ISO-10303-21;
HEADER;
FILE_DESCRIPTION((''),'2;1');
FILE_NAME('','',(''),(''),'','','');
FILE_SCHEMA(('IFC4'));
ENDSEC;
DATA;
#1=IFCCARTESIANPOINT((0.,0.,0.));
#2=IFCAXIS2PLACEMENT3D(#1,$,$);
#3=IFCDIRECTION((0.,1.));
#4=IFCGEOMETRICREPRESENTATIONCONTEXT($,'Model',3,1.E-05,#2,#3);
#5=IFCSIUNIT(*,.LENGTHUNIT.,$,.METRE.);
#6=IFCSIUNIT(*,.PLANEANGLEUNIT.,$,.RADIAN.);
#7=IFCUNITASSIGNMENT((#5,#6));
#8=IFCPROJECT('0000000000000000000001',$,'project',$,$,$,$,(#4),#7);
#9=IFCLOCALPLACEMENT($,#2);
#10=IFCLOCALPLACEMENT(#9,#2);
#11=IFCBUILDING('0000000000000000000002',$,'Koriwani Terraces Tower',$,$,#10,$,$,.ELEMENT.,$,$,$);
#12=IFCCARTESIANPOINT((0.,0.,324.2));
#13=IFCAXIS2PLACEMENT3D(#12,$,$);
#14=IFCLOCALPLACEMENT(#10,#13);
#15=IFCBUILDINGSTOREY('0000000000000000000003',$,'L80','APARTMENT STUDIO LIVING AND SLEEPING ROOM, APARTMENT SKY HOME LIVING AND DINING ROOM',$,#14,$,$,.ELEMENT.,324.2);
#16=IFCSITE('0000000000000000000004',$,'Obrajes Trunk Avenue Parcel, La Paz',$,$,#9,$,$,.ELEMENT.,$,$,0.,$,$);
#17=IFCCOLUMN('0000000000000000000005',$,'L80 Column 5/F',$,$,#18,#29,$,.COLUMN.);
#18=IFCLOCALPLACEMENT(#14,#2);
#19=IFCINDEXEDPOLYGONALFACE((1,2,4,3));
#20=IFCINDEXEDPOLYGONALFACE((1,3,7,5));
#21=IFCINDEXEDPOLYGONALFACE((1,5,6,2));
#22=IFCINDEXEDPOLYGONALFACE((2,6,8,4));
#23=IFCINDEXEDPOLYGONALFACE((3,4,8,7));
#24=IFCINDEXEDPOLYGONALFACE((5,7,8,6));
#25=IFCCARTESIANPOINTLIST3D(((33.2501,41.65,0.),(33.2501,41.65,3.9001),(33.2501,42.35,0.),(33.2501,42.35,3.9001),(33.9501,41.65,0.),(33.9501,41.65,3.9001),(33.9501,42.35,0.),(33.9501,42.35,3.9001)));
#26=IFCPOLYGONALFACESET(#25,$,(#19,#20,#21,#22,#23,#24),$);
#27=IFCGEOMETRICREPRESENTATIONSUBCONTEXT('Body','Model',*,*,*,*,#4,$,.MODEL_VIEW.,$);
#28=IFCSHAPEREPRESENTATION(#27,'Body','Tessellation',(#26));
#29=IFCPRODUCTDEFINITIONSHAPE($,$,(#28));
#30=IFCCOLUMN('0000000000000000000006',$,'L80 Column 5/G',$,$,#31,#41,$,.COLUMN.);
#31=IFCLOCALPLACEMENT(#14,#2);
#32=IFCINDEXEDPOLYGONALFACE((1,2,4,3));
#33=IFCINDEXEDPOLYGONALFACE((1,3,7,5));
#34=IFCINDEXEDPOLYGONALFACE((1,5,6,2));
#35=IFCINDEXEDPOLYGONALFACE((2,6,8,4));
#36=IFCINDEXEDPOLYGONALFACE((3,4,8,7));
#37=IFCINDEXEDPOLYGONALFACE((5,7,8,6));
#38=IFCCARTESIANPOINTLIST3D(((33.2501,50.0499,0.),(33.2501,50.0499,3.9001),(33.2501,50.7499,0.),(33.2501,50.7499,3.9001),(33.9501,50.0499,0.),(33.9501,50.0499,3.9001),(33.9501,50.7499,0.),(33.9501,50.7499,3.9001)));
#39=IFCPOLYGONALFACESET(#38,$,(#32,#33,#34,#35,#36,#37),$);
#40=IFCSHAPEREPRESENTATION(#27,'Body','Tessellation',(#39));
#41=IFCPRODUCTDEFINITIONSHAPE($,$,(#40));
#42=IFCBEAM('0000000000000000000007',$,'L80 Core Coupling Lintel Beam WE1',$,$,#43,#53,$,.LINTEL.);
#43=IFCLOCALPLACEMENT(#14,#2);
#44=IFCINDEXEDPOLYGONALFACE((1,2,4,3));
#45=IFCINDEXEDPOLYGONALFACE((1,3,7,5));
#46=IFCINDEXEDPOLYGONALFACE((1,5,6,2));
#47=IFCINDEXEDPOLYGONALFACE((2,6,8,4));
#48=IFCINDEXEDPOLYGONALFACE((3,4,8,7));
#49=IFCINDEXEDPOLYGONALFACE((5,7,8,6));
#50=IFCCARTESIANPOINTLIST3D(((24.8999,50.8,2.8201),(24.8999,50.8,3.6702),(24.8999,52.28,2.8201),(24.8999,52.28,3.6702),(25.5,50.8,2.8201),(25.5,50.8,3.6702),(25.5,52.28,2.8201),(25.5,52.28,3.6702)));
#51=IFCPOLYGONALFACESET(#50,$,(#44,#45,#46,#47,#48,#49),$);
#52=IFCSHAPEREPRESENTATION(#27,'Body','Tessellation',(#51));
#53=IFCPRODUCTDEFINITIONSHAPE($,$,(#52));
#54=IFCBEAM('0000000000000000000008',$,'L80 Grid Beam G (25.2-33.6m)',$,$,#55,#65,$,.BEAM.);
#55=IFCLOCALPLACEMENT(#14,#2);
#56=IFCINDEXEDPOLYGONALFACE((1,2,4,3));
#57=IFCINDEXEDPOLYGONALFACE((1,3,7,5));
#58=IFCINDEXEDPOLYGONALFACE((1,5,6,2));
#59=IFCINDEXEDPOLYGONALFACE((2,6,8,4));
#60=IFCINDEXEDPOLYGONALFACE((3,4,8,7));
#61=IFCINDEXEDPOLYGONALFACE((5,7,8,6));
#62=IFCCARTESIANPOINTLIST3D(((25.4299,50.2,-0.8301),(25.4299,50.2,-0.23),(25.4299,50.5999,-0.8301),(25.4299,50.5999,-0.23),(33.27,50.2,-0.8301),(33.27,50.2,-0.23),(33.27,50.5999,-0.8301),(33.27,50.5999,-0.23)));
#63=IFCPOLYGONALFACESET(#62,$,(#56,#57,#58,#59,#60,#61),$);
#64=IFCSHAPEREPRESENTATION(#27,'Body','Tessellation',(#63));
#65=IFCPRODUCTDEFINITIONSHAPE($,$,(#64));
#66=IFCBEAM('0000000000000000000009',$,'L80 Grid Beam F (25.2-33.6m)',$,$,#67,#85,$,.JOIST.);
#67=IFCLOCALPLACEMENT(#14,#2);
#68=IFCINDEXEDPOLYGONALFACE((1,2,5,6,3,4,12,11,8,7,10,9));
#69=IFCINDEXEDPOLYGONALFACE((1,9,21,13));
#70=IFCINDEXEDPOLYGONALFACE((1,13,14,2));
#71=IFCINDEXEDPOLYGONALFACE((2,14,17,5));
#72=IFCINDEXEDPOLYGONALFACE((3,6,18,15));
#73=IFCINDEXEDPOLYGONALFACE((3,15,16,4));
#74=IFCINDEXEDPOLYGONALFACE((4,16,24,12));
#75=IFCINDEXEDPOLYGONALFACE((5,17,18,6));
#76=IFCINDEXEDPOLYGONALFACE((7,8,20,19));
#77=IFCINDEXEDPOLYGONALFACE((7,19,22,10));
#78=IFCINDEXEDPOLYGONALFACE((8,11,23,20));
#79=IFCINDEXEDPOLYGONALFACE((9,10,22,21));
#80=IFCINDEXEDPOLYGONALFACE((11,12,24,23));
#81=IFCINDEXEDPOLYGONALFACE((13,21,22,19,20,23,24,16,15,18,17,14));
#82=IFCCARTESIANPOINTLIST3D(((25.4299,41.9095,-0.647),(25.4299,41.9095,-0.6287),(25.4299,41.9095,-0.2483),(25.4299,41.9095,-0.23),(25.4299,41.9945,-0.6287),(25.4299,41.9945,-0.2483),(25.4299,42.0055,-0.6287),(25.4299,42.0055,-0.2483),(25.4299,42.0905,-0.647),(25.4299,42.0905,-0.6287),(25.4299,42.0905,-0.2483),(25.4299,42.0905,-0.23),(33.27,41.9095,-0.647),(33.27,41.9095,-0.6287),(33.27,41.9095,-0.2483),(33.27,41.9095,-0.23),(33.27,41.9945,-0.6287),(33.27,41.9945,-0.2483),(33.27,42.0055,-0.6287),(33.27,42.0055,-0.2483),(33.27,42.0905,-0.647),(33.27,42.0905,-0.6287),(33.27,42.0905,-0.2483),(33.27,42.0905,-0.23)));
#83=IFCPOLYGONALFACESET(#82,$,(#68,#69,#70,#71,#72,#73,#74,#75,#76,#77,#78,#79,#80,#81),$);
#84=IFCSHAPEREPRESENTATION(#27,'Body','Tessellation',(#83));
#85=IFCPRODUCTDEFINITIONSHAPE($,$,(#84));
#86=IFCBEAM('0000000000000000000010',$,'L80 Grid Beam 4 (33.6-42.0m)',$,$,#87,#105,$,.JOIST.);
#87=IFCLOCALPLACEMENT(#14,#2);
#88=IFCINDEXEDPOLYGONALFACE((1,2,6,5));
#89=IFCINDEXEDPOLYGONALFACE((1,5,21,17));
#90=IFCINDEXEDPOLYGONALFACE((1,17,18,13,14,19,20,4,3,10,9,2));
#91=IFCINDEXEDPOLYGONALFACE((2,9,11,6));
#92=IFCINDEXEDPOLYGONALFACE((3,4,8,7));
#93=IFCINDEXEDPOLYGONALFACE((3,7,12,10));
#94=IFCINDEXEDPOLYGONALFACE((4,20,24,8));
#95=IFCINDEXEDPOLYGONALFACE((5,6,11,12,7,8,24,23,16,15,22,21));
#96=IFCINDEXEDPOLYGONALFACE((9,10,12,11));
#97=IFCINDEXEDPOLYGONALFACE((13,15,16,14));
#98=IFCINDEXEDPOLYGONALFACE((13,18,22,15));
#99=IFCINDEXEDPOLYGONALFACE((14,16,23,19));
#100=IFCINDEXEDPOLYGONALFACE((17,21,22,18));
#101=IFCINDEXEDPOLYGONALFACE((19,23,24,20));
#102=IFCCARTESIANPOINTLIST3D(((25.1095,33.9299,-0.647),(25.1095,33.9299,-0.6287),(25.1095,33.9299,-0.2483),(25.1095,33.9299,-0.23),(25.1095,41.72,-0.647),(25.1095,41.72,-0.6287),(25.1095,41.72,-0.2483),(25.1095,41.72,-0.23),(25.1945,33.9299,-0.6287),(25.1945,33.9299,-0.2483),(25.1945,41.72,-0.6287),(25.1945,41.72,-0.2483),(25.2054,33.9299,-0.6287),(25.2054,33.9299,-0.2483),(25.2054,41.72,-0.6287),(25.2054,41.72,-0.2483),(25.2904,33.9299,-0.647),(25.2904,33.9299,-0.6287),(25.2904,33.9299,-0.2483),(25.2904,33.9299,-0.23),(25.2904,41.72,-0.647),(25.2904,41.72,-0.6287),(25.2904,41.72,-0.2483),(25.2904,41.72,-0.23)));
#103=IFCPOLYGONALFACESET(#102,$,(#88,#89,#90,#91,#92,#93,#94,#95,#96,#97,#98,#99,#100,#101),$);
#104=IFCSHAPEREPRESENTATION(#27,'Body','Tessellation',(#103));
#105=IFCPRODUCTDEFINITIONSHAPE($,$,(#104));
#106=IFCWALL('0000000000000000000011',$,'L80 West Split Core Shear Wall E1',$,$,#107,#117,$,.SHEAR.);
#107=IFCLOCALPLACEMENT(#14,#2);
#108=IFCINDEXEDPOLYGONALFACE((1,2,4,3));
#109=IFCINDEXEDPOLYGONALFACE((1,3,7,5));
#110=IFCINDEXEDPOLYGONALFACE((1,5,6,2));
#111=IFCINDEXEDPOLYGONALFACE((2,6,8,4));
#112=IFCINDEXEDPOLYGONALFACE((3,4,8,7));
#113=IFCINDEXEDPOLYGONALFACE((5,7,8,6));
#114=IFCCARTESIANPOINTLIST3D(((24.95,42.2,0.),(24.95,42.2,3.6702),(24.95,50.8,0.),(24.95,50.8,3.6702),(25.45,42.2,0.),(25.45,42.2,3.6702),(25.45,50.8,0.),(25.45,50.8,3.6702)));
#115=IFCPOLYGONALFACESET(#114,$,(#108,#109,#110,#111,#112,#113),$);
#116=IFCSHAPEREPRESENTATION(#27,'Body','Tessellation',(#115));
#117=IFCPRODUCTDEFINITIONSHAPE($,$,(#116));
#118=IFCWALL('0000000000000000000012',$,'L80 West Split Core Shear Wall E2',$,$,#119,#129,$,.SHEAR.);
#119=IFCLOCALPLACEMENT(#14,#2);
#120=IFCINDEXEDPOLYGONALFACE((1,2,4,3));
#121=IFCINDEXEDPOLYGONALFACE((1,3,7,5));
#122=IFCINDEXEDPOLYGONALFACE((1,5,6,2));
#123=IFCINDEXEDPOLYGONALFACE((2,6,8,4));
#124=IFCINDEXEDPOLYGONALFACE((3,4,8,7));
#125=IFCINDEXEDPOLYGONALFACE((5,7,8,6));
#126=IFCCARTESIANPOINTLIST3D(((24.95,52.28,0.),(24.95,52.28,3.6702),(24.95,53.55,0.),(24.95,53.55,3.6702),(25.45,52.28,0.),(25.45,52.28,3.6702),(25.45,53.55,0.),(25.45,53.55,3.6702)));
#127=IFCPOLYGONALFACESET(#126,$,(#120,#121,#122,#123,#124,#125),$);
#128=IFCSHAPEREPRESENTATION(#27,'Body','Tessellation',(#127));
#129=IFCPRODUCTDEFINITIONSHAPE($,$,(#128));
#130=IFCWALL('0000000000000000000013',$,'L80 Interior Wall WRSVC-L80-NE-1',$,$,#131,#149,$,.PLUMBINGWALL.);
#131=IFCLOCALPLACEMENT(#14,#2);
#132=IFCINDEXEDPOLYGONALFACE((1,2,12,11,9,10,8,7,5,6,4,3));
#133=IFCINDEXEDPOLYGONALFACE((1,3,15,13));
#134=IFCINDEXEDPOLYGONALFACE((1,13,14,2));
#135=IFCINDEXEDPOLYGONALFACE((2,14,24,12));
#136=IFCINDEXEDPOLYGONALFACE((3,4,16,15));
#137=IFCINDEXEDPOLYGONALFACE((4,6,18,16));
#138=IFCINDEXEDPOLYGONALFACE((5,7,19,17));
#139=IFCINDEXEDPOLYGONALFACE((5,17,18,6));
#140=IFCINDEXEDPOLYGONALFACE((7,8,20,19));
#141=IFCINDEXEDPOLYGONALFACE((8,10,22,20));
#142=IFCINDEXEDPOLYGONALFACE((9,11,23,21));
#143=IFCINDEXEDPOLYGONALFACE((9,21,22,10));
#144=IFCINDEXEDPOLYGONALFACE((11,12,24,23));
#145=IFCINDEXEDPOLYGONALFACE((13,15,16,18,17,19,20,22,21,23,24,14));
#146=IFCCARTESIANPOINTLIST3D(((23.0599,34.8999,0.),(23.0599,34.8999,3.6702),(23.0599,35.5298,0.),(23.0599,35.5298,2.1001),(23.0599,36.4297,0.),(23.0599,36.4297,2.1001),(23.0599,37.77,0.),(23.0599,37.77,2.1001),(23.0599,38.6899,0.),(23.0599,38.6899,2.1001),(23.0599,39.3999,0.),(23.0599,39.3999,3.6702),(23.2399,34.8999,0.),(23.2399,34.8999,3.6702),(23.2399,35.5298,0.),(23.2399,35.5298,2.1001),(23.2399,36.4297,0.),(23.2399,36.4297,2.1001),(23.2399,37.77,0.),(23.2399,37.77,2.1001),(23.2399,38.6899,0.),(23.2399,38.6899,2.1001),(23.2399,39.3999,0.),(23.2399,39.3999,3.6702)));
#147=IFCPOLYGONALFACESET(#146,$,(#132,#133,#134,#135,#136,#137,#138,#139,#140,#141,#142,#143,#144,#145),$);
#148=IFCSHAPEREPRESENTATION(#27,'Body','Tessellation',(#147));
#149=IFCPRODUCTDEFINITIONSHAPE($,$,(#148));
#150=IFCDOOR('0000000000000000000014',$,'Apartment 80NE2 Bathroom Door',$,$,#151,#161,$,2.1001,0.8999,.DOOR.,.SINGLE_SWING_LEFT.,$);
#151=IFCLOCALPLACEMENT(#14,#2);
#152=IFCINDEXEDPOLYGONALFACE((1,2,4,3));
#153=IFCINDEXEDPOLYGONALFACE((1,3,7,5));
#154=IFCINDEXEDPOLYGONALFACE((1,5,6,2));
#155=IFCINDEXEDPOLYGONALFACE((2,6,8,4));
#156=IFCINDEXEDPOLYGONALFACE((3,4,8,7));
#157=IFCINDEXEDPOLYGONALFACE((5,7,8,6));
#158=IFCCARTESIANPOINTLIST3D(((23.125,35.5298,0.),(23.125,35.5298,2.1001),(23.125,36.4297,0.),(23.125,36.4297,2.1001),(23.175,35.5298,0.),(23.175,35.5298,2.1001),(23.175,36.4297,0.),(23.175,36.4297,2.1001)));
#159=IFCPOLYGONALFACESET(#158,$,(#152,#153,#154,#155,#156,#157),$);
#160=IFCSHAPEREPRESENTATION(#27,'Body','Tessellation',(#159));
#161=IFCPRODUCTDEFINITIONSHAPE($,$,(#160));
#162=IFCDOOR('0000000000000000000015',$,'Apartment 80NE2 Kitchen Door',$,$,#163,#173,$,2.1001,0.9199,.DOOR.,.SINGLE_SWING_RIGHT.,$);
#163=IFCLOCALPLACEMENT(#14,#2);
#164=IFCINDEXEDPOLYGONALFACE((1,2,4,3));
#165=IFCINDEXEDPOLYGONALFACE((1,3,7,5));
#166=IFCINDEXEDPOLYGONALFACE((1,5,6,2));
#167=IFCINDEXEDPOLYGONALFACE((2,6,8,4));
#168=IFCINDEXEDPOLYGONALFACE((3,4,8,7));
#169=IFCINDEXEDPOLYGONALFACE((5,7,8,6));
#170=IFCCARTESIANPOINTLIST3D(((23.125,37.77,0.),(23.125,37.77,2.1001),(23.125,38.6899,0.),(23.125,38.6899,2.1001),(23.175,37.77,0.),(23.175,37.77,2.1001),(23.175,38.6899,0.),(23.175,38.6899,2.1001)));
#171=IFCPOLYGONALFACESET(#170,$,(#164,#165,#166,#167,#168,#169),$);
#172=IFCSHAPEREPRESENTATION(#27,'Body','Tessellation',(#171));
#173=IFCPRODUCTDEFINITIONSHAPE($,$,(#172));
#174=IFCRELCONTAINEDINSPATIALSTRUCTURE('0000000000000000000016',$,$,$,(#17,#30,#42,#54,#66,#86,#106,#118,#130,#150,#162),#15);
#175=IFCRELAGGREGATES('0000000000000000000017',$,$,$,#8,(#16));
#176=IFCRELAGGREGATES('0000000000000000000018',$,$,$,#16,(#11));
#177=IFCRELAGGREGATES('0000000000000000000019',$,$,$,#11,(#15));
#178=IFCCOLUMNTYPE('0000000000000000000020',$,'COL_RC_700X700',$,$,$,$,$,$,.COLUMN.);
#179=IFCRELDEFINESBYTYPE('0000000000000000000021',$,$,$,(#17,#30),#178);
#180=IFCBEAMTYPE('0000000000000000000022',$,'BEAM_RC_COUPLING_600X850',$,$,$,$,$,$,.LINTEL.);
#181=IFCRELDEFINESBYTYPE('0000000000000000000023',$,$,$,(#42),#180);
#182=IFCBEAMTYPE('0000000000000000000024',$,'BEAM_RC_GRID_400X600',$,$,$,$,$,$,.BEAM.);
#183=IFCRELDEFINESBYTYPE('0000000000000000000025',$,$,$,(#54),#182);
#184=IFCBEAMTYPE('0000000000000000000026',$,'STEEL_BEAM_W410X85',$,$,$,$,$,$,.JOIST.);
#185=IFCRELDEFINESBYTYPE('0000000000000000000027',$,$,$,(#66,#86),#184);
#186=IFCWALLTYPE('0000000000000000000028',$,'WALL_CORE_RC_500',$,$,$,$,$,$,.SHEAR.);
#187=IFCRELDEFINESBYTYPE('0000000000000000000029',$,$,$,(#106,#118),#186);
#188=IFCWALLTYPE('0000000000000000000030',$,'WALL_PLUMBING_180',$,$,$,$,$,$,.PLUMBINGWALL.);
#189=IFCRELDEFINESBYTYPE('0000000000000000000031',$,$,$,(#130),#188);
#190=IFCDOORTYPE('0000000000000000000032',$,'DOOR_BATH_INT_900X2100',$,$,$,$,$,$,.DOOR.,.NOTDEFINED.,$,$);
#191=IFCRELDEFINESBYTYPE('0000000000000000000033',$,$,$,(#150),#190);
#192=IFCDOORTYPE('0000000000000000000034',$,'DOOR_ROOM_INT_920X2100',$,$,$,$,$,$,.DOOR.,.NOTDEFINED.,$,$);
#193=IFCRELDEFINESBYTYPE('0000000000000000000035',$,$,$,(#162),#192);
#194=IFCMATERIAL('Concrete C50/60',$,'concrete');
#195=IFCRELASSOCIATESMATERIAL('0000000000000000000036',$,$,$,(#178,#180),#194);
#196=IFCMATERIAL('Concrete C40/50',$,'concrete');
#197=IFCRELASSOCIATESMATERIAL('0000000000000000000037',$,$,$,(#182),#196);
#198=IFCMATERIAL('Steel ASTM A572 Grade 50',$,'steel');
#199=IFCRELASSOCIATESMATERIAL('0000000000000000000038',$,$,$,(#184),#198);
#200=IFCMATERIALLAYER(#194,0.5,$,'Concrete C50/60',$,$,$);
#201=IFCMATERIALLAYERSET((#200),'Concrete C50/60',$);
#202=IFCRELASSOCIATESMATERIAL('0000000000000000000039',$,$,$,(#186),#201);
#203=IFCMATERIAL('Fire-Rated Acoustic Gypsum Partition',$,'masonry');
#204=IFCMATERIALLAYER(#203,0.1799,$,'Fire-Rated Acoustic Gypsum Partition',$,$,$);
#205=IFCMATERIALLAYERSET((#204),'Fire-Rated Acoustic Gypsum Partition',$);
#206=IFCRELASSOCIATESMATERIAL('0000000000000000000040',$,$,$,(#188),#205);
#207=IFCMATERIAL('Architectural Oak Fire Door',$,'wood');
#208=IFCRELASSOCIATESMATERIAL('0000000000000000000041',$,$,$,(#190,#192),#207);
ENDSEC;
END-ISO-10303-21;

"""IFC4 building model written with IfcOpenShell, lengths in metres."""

from ifc_helpers import new_model, si_unit, direction, frame, frame_2d, origin, origin_2d, place, context, subcontext, project, spatial, rectangle, i_section, extrude, material, layer, layer_set, material_profile, profile_set, type_object, element, fill, save


model = new_model("IFC4")

# Units and contexts
model_context = context("Model", 3, precision=1e-05, world=origin(), true_north=direction((0.0, 1.0)))
body_context = subcontext(model_context, "Body", "Model", "MODEL_VIEW")
ifc_project = project(units=[si_unit("LENGTHUNIT", "METRE"), si_unit("PLANEANGLEUNIT", "RADIAN")], contexts=[model_context])

# Site, building, storey
site_placement = place(None, origin())
site = spatial("IfcSite", under=ifc_project, at=site_placement, Name="Obrajes Trunk Avenue Parcel, La Paz", CompositionType="ELEMENT", RefElevation=0.0)
building_placement = place(site_placement, origin())
building = spatial("IfcBuilding", under=site, at=building_placement, Name="Koriwani Terraces Tower", CompositionType="ELEMENT")
storey_placement = place(building_placement, frame((0.0, 0.0, 324.2)))
storey = spatial("IfcBuildingStorey", under=building, at=storey_placement, Name="L80", Description="APARTMENT STUDIO LIVING AND SLEEPING ROOM, APARTMENT SKY HOME LIVING AND DINING ROOM", CompositionType="ELEMENT", Elevation=324.2)

# Columns
ifc_material_1 = material(Name="Concrete C50/60", Category="concrete")
ifc_material_profile_1 = material_profile(ifc_material_1, rectangle(XDim=0.7, YDim=0.7, at=origin_2d()), Name="Concrete C50/60", Category="LoadBearing")
ifc_profile_set_1 = profile_set([ifc_material_profile_1], Name="Concrete C50/60")
column_type = type_object("IfcColumnType", Name="COL_RC_700X700", PredefinedType="COLUMN", material=ifc_profile_set_1)
for number, where, z_axis, x_axis, name in (
    (1, (33.6001, 42.0, 0.0), (0.0, 0.0, 1.0), (1.0, 0.0, 0.0), "L80 Column 5/F"),
    (2, (33.6001, 50.3999, 0.0), (0.0, 0.0, 1.0), (1.0, 0.0, 0.0), "L80 Column 5/G"),
):
    element("IfcColumn", number, at=place(storey_placement, frame(where, z_axis=z_axis, x_axis=x_axis)), inside=storey, type_object=column_type, Name=name, PredefinedType="COLUMN", context=body_context, shape_type="SweptSolid", body=[
        extrude(rectangle(XDim=0.7, YDim=0.7, at=origin_2d()), origin(), (0.0, 0.0, 1.0), 3.9001),
    ])

# Beams
ifc_material_profile_2 = material_profile(ifc_material_1, rectangle(XDim=0.6001, YDim=0.8501, at=origin_2d()), Name="Concrete C50/60", Category="LoadBearing")
ifc_profile_set_2 = profile_set([ifc_material_profile_2], Name="Concrete C50/60")
beam_type_1 = type_object("IfcBeamType", Name="BEAM_RC_COUPLING_600X850", PredefinedType="LINTEL", material=ifc_profile_set_2)
beam_1_placement = place(storey_placement, frame((25.2, 50.8, 3.2451), z_axis=(0.0, 1.0, 0.0), x_axis=(-1.0, 0.0, 0.0)))
element("IfcBeam", 3, at=beam_1_placement, inside=storey, type_object=beam_type_1, Name="L80 Core Coupling Lintel Beam WE1", PredefinedType="LINTEL", context=body_context, shape_type="SweptSolid", body=[
    extrude(rectangle(XDim=0.6001, YDim=0.8501, at=origin_2d()), origin(), (0.0, 0.0, 1.0), 1.48),
])
ifc_material_2 = material(Name="Concrete C40/50", Category="concrete")
ifc_material_profile_3 = material_profile(ifc_material_2, rectangle(XDim=0.3999, YDim=0.6001, at=origin_2d()), Name="Concrete C40/50", Category="LoadBearing")
ifc_profile_set_3 = profile_set([ifc_material_profile_3], Name="Concrete C40/50")
beam_type_2 = type_object("IfcBeamType", Name="BEAM_RC_GRID_400X600", PredefinedType="BEAM", material=ifc_profile_set_3)
beam_2_placement = place(storey_placement, frame((25.4299, 50.3999, -0.53), z_axis=(1.0, 0.0, 0.0), x_axis=(0.0, 1.0, 0.0)))
element("IfcBeam", 4, at=beam_2_placement, inside=storey, type_object=beam_type_2, Name="L80 Grid Beam G (25.2-33.6m)", PredefinedType="BEAM", context=body_context, shape_type="SweptSolid", body=[
    extrude(rectangle(XDim=0.3999, YDim=0.6001, at=origin_2d()), origin(), (0.0, 0.0, 1.0), 7.8401),
])
ifc_material_3 = material(Name="Steel ASTM A572 Grade 50", Category="steel")
ifc_material_profile_4 = material_profile(ifc_material_3, i_section(OverallWidth=0.1809, OverallDepth=0.417, WebThickness=0.011, FlangeThickness=0.0183, at=origin_2d()), Name="Steel ASTM A572 Grade 50", Category="LoadBearing")
ifc_profile_set_4 = profile_set([ifc_material_profile_4], Name="Steel ASTM A572 Grade 50")
beam_type_3 = type_object("IfcBeamType", Name="STEEL_BEAM_W410X85", PredefinedType="JOIST", material=ifc_profile_set_4)
beam_3_placement = place(storey_placement, frame((25.4299, 42.0, -0.4385), z_axis=(1.0, 0.0, 0.0), x_axis=(0.0, 1.0, 0.0)))
element("IfcBeam", 5, at=beam_3_placement, inside=storey, type_object=beam_type_3, Name="L80 Grid Beam F (25.2-33.6m)", PredefinedType="JOIST", context=body_context, shape_type="SweptSolid", body=[
    extrude(i_section(OverallWidth=0.1809, OverallDepth=0.417, WebThickness=0.011, FlangeThickness=0.0183, at=origin_2d()), origin(), (0.0, 0.0, 1.0), 7.8401),
])
beam_4_placement = place(storey_placement, frame((25.2, 33.9299, -0.4385), z_axis=(0.0, 1.0, 0.0), x_axis=(-1.0, 0.0, 0.0)))
element("IfcBeam", 6, at=beam_4_placement, inside=storey, type_object=beam_type_3, Name="L80 Grid Beam 4 (33.6-42.0m)", PredefinedType="JOIST", context=body_context, shape_type="SweptSolid", body=[
    extrude(i_section(OverallWidth=0.1809, OverallDepth=0.417, WebThickness=0.011, FlangeThickness=0.0183, at=origin_2d()), origin(), (0.0, 0.0, 1.0), 7.79),
])

# Walls
ifc_layer_1 = layer(ifc_material_1, 0.5, Name="Concrete C50/60")
ifc_layer_set_1 = layer_set([ifc_layer_1], Name="Concrete C50/60")
wall_type_1 = type_object("IfcWallType", Name="WALL_CORE_RC_500", PredefinedType="SHEAR", material=ifc_layer_set_1)
wall_1_placement = place(storey_placement, frame((25.2, 42.2, 0.0), z_axis=(0.0, 0.0, 1.0), x_axis=(0.0, 1.0, 0.0)))
element("IfcWall", 7, at=wall_1_placement, inside=storey, type_object=wall_type_1, Name="L80 West Split Core Shear Wall E1", PredefinedType="SHEAR", context=body_context, shape_type="SweptSolid", body=[
    extrude(rectangle(XDim=8.6001, YDim=0.5, at=frame_2d((4.3, 0.0))), origin(), (0.0, 0.0, 1.0), 3.6702),
])
wall_2_placement = place(storey_placement, frame((25.2, 52.28, 0.0), z_axis=(0.0, 0.0, 1.0), x_axis=(0.0, 1.0, 0.0)))
element("IfcWall", 8, at=wall_2_placement, inside=storey, type_object=wall_type_1, Name="L80 West Split Core Shear Wall E2", PredefinedType="SHEAR", context=body_context, shape_type="SweptSolid", body=[
    extrude(rectangle(XDim=1.27, YDim=0.5, at=frame_2d((0.635, 0.0))), origin(), (0.0, 0.0, 1.0), 3.6702),
])

# Wall, openings, doors
ifc_material_4 = material(Name="Fire-Rated Acoustic Gypsum Partition", Category="masonry")
ifc_layer_2 = layer(ifc_material_4, 0.1799, Name="Fire-Rated Acoustic Gypsum Partition")
ifc_layer_set_2 = layer_set([ifc_layer_2], Name="Fire-Rated Acoustic Gypsum Partition")
wall_type_2 = type_object("IfcWallType", Name="WALL_PLUMBING_180", PredefinedType="PLUMBINGWALL", material=ifc_layer_set_2)
wall_3_placement = place(storey_placement, frame((23.1499, 34.8999, 0.0), z_axis=(0.0, 0.0, 1.0), x_axis=(0.0, 1.0, 0.0)))
wall_3 = element("IfcWall", 9, at=wall_3_placement, inside=storey, type_object=wall_type_2, Name="L80 Interior Wall WRSVC-L80-NE-1", PredefinedType="PLUMBINGWALL", context=body_context, shape_type="SweptSolid", body=[
    extrude(rectangle(XDim=4.5, YDim=0.1799, at=frame_2d((2.25, 0.0))), origin(), (0.0, 0.0, 1.0), 3.6702),
])
opening_1_placement = place(wall_3_placement, frame((0.6299, 0.0, 0.0)))
opening_1 = element("IfcOpeningElement", 10, at=opening_1_placement, cuts=wall_3, PredefinedType="OPENING", context=body_context, shape_type="SweptSolid", body=[
    extrude(rectangle(XDim=0.8999, YDim=2.1001, at=frame_2d((0.45, 1.05))), frame((0.0, 0.1001, 0.0), z_axis=(0.0, -1.0, 0.0), x_axis=(1.0, 0.0, 0.0)), (0.0, 0.0, 1.0), 0.2),
])
opening_2_placement = place(wall_3_placement, frame((2.8701, 0.0, 0.0)))
opening_2 = element("IfcOpeningElement", 11, at=opening_2_placement, cuts=wall_3, PredefinedType="OPENING", context=body_context, shape_type="SweptSolid", body=[
    extrude(rectangle(XDim=0.9199, YDim=2.1001, at=frame_2d((0.46, 1.05))), frame((0.0, 0.1001, 0.0), z_axis=(0.0, -1.0, 0.0), x_axis=(1.0, 0.0, 0.0)), (0.0, 0.0, 1.0), 0.2),
])
ifc_material_5 = material(Name="Architectural Oak Fire Door", Category="wood")
door_type_1 = type_object("IfcDoorType", Name="DOOR_BATH_INT_900X2100", OperationType="NOTDEFINED", PredefinedType="DOOR", material=ifc_material_5)
door_1_placement = place(opening_1_placement, origin())
door_1 = element("IfcDoor", 12, at=door_1_placement, inside=storey, type_object=door_type_1, Name="Apartment 80NE2 Bathroom Door", OperationType="SINGLE_SWING_LEFT", OverallHeight=2.1001, OverallWidth=0.8999, PredefinedType="DOOR", context=body_context, shape_type="SweptSolid", body=[
    extrude(rectangle(XDim=0.8999, YDim=2.1001, at=frame_2d((0.45, 1.05))), frame((0.0, 0.0249, 0.0), z_axis=(0.0, -1.0, 0.0), x_axis=(1.0, 0.0, 0.0)), (0.0, 0.0, 1.0), 0.05),
])
fill(opening_1, door_1)
door_type_2 = type_object("IfcDoorType", Name="DOOR_ROOM_INT_920X2100", OperationType="NOTDEFINED", PredefinedType="DOOR", material=ifc_material_5)
door_2_placement = place(opening_2_placement, origin())
door_2 = element("IfcDoor", 13, at=door_2_placement, inside=storey, type_object=door_type_2, Name="Apartment 80NE2 Kitchen Door", OperationType="SINGLE_SWING_RIGHT", OverallHeight=2.1001, OverallWidth=0.9199, PredefinedType="DOOR", context=body_context, shape_type="SweptSolid", body=[
    extrude(rectangle(XDim=0.9199, YDim=2.1001, at=frame_2d((0.46, 1.05))), frame((0.0, 0.0249, 0.0), z_axis=(0.0, -1.0, 0.0), x_axis=(1.0, 0.0, 0.0)), (0.0, 0.0, 1.0), 0.05),
])
fill(opening_2, door_2)

save(model, "model.ifc")
